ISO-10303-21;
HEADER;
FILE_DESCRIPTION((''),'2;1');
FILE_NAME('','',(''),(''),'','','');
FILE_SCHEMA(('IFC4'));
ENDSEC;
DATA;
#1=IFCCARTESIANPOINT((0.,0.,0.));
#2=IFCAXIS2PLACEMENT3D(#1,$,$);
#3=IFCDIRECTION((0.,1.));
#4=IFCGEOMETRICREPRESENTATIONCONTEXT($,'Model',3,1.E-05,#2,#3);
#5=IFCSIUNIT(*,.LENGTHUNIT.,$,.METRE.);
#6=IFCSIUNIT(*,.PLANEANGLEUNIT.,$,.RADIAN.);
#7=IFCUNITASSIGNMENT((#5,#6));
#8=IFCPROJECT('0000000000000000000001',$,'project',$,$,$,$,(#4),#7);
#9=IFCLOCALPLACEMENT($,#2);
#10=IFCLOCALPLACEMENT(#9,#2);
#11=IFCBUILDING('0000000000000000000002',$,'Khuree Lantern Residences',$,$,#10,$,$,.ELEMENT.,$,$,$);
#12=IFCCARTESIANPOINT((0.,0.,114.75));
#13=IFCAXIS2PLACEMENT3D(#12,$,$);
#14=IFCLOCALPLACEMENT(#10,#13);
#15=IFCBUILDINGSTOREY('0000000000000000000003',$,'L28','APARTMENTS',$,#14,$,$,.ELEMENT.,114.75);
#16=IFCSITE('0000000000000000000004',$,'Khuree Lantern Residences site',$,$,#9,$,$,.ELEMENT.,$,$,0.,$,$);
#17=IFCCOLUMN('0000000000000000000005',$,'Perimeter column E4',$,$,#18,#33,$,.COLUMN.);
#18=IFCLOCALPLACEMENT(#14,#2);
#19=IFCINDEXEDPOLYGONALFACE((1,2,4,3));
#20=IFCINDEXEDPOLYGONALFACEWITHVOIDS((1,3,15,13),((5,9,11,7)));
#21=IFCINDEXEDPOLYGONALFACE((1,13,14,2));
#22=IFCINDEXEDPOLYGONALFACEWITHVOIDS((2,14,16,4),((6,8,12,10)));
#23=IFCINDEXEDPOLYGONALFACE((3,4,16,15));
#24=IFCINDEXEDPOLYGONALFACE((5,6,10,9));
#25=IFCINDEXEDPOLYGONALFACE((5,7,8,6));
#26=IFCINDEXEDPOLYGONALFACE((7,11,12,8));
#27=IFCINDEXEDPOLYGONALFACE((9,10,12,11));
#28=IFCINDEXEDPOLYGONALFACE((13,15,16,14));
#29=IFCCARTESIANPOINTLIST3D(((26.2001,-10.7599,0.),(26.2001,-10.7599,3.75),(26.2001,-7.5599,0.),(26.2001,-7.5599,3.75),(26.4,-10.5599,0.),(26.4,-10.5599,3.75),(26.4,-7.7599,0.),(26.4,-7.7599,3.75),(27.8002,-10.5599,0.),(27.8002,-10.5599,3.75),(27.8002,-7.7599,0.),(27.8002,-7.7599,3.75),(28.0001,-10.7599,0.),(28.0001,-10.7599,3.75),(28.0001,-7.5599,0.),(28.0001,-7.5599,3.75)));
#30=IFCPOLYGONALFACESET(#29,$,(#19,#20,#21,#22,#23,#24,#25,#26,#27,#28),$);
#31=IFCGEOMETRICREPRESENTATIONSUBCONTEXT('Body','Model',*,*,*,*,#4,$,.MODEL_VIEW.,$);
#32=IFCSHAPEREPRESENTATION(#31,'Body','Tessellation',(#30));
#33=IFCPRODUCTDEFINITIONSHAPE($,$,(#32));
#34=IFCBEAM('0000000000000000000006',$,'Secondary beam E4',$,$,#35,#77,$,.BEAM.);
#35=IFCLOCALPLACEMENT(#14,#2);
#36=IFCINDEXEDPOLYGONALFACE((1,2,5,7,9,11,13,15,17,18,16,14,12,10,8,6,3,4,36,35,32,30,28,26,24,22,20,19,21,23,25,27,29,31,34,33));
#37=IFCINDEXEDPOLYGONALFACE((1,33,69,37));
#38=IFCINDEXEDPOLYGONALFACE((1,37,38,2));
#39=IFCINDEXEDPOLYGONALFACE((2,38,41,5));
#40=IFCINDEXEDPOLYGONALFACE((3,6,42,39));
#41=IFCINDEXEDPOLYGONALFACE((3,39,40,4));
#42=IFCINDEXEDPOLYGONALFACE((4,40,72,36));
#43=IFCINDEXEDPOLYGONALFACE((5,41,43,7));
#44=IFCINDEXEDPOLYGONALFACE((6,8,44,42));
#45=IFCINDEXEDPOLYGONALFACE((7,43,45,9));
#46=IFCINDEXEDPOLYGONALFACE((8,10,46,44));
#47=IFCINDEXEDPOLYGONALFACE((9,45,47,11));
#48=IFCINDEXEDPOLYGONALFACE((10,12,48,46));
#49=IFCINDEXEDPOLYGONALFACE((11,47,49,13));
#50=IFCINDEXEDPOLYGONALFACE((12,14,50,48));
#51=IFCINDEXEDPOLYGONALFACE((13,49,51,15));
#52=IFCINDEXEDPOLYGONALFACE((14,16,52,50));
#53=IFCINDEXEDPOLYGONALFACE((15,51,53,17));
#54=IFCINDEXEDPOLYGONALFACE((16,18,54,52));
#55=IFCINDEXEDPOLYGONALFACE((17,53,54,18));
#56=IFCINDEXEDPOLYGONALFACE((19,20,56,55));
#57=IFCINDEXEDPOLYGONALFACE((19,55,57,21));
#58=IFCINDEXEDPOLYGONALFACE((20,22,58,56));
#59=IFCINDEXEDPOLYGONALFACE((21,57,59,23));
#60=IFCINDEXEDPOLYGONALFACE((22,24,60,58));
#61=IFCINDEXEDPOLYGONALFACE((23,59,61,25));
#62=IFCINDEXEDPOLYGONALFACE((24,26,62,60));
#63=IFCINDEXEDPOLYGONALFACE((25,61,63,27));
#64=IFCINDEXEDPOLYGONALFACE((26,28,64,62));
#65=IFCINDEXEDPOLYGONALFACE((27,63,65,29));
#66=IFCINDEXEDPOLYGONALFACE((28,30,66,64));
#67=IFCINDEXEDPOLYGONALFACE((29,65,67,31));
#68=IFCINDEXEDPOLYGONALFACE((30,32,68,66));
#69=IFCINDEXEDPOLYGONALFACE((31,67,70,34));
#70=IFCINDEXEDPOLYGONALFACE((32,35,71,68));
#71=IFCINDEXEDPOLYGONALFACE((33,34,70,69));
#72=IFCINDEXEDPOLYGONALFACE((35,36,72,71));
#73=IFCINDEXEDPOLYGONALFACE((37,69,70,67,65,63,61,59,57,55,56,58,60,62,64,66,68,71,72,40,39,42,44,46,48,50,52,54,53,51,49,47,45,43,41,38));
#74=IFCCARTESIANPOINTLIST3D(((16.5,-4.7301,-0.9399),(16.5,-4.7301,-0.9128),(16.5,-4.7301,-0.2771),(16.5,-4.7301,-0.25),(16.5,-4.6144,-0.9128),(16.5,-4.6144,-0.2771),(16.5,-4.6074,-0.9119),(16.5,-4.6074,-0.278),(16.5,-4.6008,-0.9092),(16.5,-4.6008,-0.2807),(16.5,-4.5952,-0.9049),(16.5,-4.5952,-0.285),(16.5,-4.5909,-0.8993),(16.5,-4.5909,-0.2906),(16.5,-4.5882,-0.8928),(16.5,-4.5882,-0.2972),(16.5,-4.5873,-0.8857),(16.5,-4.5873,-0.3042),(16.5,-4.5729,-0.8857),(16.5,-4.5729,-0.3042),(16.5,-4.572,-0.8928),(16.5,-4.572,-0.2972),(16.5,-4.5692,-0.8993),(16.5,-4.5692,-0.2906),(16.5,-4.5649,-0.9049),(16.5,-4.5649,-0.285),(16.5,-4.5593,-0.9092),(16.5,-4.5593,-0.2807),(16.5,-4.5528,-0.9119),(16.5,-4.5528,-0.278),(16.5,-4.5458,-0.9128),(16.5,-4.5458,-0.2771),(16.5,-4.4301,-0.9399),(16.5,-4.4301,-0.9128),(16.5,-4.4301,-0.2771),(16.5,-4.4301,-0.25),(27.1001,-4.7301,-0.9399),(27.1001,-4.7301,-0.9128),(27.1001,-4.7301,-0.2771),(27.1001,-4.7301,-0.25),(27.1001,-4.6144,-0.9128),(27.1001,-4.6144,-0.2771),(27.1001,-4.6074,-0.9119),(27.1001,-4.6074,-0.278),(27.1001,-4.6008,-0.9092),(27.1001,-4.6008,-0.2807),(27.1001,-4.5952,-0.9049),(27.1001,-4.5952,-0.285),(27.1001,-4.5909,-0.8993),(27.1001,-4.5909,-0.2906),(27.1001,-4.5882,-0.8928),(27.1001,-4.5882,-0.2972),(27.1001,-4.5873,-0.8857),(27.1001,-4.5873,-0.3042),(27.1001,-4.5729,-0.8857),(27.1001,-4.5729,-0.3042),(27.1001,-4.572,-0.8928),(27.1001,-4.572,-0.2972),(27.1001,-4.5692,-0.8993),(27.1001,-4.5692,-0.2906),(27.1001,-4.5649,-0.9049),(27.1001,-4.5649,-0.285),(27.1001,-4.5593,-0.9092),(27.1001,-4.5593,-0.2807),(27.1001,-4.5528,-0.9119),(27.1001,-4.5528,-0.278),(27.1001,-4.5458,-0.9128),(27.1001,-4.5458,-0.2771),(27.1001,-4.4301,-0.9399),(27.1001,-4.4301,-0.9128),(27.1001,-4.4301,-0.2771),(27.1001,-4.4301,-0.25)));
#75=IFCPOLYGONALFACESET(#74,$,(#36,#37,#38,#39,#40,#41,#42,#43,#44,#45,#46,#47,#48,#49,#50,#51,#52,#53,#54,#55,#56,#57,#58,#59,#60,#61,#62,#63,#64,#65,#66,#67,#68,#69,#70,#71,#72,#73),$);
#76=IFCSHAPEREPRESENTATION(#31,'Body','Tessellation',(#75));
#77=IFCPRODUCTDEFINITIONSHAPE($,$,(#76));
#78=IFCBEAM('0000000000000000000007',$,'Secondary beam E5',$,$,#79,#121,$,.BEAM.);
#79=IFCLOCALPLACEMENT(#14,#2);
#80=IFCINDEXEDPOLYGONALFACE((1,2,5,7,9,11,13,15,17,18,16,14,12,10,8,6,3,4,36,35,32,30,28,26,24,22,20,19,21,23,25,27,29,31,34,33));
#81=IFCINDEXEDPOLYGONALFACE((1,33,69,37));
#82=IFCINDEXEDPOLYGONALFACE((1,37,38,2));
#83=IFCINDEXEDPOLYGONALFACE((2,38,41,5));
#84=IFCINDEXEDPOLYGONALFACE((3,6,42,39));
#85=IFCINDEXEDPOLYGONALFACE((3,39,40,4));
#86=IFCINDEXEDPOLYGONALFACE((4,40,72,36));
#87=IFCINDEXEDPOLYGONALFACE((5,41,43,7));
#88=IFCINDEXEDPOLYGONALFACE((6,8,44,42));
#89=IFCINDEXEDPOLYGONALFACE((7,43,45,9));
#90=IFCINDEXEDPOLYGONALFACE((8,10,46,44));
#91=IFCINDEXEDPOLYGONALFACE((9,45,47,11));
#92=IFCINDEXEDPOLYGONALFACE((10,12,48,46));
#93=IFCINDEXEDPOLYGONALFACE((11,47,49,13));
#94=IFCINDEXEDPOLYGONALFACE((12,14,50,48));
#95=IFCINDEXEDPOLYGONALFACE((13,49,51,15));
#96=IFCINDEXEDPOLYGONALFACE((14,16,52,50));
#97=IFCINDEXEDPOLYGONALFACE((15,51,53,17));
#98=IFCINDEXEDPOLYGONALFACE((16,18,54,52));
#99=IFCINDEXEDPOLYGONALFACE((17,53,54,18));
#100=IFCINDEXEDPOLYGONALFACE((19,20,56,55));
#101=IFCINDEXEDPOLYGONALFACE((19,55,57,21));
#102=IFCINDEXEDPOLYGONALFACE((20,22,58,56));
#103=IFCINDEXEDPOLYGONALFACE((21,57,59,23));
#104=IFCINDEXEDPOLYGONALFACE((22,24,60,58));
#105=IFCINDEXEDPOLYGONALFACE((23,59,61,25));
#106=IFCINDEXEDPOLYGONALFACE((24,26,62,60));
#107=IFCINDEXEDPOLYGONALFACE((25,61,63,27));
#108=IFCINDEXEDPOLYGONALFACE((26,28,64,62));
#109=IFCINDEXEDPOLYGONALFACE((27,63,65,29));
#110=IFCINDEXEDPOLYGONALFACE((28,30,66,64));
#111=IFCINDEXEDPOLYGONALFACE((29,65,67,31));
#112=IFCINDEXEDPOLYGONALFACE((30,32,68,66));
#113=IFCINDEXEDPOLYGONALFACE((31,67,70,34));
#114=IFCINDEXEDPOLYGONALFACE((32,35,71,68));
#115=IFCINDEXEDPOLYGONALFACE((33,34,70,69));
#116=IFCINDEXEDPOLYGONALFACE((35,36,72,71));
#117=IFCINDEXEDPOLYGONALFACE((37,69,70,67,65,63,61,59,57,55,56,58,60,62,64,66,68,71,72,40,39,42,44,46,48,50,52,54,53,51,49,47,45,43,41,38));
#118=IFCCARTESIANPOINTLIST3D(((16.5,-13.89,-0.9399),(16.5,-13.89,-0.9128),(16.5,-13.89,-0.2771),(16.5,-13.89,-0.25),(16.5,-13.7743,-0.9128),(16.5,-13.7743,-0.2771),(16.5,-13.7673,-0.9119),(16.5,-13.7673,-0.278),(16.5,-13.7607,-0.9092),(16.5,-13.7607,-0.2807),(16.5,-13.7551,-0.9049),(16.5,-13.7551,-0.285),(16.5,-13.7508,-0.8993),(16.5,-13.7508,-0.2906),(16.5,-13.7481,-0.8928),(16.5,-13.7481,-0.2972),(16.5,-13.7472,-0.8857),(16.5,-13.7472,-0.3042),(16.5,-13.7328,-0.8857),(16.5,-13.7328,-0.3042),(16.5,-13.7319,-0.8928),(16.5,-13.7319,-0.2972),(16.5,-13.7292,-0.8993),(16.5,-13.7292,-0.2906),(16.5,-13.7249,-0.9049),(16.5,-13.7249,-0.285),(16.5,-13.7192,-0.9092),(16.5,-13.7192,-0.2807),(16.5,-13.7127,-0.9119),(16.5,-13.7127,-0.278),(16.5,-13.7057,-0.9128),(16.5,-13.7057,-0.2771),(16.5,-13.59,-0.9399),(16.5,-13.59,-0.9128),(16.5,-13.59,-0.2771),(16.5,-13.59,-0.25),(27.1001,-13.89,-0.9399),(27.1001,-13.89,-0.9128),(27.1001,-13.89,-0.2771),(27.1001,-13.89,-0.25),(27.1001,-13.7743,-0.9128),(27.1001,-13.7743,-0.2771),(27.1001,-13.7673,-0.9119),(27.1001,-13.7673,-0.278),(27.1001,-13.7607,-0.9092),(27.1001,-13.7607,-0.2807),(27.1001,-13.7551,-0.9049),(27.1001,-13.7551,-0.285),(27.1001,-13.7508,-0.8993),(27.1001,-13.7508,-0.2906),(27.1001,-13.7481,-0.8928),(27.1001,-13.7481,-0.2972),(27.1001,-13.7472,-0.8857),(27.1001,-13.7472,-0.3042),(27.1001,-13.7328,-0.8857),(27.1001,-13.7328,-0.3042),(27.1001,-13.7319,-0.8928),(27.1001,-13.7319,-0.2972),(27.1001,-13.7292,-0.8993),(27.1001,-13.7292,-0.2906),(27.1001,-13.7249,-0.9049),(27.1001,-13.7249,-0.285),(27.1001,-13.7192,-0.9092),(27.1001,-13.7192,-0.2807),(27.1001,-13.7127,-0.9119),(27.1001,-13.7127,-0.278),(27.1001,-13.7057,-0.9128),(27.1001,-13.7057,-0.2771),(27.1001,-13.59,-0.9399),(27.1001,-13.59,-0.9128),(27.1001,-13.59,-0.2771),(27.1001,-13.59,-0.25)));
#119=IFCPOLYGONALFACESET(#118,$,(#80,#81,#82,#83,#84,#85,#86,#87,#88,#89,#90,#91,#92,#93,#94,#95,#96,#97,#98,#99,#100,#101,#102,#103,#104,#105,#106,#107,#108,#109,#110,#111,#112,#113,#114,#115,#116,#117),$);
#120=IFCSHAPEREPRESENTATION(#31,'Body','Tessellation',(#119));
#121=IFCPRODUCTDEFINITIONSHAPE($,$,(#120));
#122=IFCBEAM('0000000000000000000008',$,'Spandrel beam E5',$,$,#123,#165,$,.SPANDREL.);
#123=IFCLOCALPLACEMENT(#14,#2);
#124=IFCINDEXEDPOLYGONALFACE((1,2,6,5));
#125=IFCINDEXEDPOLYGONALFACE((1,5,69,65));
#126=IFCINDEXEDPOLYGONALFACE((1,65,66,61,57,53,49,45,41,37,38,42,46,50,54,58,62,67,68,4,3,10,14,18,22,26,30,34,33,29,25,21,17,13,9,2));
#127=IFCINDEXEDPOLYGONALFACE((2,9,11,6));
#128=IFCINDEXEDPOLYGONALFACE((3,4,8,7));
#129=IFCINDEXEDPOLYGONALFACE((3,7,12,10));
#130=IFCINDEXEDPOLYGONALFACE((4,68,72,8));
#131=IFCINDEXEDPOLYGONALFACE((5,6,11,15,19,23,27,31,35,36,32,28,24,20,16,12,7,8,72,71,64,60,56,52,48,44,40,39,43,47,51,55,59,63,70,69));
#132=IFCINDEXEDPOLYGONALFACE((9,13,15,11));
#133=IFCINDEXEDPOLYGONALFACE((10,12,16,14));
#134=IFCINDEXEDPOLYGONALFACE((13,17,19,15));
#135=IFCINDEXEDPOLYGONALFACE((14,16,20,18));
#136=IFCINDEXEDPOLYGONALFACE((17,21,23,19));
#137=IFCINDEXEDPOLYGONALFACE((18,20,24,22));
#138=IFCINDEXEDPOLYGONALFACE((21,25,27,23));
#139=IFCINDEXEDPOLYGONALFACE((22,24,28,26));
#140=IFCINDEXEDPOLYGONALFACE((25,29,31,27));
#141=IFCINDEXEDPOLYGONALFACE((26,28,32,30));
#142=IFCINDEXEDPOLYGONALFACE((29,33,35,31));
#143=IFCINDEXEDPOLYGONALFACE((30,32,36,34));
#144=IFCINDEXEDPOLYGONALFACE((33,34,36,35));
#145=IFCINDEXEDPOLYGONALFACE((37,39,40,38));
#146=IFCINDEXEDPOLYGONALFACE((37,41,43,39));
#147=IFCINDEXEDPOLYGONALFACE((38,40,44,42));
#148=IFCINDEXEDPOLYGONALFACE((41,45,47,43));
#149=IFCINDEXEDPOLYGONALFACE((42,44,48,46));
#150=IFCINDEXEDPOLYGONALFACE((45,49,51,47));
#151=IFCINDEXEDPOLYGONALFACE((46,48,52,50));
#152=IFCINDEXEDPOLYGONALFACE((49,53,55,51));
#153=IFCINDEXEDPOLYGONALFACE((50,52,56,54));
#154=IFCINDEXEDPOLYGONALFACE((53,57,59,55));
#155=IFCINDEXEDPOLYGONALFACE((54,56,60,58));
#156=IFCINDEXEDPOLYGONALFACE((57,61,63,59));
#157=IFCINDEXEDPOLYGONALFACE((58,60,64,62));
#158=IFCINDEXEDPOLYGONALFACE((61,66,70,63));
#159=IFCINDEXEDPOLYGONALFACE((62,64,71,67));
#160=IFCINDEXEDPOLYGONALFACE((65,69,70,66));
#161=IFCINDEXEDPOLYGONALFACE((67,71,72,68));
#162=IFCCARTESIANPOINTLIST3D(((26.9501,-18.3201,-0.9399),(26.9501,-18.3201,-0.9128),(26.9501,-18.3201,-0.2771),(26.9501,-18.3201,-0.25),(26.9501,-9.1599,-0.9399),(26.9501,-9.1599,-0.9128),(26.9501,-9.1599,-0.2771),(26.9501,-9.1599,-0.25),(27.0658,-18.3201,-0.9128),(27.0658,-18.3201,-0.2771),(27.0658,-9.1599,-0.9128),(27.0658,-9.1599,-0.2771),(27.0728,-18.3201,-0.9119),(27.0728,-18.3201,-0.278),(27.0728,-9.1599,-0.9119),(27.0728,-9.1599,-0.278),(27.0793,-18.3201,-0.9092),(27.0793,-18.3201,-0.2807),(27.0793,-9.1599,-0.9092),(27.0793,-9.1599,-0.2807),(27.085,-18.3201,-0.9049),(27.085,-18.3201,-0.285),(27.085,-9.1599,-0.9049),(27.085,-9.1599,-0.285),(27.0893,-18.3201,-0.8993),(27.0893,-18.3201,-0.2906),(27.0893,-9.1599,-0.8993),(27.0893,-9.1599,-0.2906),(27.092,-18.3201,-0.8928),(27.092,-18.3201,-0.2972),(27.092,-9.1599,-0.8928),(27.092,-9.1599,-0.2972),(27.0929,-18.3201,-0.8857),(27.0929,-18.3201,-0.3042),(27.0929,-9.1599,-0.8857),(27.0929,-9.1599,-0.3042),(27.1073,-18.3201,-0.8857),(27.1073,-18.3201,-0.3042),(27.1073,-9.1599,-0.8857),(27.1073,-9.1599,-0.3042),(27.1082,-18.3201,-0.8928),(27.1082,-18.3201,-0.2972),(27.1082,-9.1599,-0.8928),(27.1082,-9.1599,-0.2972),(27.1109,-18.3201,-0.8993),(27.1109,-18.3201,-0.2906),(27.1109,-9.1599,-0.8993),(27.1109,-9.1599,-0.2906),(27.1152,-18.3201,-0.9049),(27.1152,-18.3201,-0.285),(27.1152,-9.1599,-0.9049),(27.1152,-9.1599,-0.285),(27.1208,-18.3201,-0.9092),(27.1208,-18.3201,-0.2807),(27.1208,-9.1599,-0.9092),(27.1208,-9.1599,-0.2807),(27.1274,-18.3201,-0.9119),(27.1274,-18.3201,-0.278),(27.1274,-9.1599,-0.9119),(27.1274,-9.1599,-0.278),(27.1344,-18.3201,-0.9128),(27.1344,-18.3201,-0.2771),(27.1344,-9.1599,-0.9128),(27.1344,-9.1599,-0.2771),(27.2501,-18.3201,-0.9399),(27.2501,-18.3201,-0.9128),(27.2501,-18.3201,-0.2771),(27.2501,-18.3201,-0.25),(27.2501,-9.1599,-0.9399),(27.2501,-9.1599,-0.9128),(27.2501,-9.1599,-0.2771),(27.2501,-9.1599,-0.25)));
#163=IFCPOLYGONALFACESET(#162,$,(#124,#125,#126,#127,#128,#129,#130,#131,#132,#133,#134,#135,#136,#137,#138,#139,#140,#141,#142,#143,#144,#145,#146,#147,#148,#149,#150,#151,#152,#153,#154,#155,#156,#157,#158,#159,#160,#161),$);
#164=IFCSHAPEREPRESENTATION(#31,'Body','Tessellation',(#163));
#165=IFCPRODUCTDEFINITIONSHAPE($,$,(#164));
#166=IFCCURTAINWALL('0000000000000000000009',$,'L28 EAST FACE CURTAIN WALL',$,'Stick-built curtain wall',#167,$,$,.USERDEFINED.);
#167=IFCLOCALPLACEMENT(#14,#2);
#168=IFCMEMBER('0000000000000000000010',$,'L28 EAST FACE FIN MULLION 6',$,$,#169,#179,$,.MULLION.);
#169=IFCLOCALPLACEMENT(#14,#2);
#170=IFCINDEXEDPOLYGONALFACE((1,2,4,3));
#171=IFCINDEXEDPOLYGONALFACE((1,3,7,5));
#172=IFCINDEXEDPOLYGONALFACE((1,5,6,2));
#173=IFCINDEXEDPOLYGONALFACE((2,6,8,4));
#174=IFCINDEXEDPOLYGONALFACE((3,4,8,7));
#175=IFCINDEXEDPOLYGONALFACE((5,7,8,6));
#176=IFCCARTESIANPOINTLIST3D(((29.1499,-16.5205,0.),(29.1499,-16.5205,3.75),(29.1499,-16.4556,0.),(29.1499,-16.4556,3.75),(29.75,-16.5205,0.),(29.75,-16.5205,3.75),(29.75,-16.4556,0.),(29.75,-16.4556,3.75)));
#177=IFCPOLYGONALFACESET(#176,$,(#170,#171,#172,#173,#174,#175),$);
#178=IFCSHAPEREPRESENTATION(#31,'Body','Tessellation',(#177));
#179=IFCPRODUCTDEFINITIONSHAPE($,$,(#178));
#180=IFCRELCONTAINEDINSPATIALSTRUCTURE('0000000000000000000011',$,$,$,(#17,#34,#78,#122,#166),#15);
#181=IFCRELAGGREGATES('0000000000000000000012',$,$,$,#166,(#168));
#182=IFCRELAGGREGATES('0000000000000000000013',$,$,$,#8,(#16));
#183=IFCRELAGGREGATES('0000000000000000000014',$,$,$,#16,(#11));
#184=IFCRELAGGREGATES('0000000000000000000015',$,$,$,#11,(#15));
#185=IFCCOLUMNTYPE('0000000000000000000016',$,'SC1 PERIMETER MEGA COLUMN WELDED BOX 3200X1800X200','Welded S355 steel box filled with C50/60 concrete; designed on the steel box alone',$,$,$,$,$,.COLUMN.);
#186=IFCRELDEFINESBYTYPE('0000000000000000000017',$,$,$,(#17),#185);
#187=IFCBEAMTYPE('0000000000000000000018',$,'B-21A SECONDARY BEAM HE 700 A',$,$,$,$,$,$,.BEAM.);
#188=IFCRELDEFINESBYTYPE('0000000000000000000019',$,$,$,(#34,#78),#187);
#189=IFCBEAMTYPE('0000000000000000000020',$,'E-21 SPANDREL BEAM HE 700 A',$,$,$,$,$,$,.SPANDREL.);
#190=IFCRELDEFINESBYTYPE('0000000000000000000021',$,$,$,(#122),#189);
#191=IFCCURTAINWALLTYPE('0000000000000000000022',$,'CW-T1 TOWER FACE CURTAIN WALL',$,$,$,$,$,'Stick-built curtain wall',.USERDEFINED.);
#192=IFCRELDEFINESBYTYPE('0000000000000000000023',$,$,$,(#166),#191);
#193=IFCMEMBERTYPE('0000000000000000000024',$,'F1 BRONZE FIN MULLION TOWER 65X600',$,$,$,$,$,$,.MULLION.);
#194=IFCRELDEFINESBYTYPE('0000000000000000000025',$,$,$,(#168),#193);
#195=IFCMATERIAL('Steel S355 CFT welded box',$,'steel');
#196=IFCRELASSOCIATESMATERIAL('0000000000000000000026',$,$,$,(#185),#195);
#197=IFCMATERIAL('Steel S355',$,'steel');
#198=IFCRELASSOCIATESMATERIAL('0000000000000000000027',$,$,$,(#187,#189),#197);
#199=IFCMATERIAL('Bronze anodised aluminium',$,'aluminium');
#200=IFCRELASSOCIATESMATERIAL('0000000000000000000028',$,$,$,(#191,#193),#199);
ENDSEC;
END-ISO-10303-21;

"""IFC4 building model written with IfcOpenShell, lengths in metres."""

from ifc_helpers import new_model, si_unit, direction, frame, origin, origin_2d, place, context, subcontext, project, spatial, rectangle, hollow_rectangle, i_section, extrude, material, material_profile, profile_set, type_object, element, aggregate, save


model = new_model("IFC4")

# Units and contexts
model_context = context("Model", 3, precision=1e-05, world=origin(), true_north=direction((0.0, 1.0)))
body_context = subcontext(model_context, "Body", "Model", "MODEL_VIEW")
ifc_project = project(units=[si_unit("LENGTHUNIT", "METRE"), si_unit("PLANEANGLEUNIT", "RADIAN")], contexts=[model_context])

# Site, building, storey
site_placement = place(None, origin())
site = spatial("IfcSite", under=ifc_project, at=site_placement, Name="Khuree Lantern Residences site", CompositionType="ELEMENT", RefElevation=0.0)
building_placement = place(site_placement, origin())
building = spatial("IfcBuilding", under=site, at=building_placement, Name="Khuree Lantern Residences", CompositionType="ELEMENT")
storey_placement = place(building_placement, frame((0.0, 0.0, 114.75)))
storey = spatial("IfcBuildingStorey", under=building, at=storey_placement, Name="L28", Description="APARTMENTS", CompositionType="ELEMENT", Elevation=114.75)

# Column
ifc_material_1 = material(Name="Steel S355 CFT welded box", Category="steel")
ifc_material_profile_1 = material_profile(ifc_material_1, hollow_rectangle(XDim=3.2, YDim=1.8, WallThickness=0.2, at=origin_2d()), Name="WELDED BOX 3200X1800X200")
ifc_profile_set_1 = profile_set([ifc_material_profile_1], Name="Steel S355 CFT welded box")
column_type = type_object("IfcColumnType", Name="SC1 PERIMETER MEGA COLUMN WELDED BOX 3200X1800X200", Description="Welded S355 steel box filled with C50/60 concrete; designed on the steel box alone", PredefinedType="COLUMN", material=ifc_profile_set_1)
column_placement = place(storey_placement, frame((27.1001, -9.1599, 0.0), z_axis=(0.0, 0.0, 1.0), x_axis=(0.0, 1.0, 0.0)))
element("IfcColumn", 1, at=column_placement, inside=storey, type_object=column_type, Name="Perimeter column E4", PredefinedType="COLUMN", context=body_context, shape_type="SweptSolid", body=[
    extrude(hollow_rectangle(XDim=3.2, YDim=1.8, WallThickness=0.2, at=origin_2d()), origin(), (0.0, 0.0, 1.0), 3.75),
])

# Beams
ifc_material_2 = material(Name="Steel S355", Category="steel")
ifc_material_profile_2 = material_profile(ifc_material_2, i_section(OverallWidth=0.3, OverallDepth=0.6899, WebThickness=0.0144, FlangeThickness=0.0271, FilletRadius=0.0271, at=origin_2d()), Name="HE 700 A")
ifc_profile_set_2 = profile_set([ifc_material_profile_2], Name="Steel S355")
beam_type_1 = type_object("IfcBeamType", Name="B-21A SECONDARY BEAM HE 700 A", PredefinedType="BEAM", material=ifc_profile_set_2)
for number, where, z_axis, x_axis, name in (
    (2, (27.1001, -4.5801, -0.595), (-1.0, 0.0, 0.0), (0.0, -1.0, 0.0), "Secondary beam E4"),
    (3, (27.1001, -13.74, -0.595), (-1.0, 0.0, 0.0), (0.0, -1.0, 0.0), "Secondary beam E5"),
):
    element("IfcBeam", number, at=place(storey_placement, frame(where, z_axis=z_axis, x_axis=x_axis)), inside=storey, type_object=beam_type_1, Name=name, PredefinedType="BEAM", context=body_context, shape_type="SweptSolid", body=[
        extrude(i_section(OverallWidth=0.3, OverallDepth=0.6899, WebThickness=0.0144, FlangeThickness=0.0271, FilletRadius=0.0271, at=origin_2d()), origin(), (0.0, 0.0, 1.0), 10.6001),
    ])
ifc_material_profile_3 = material_profile(ifc_material_2, i_section(OverallWidth=0.3, OverallDepth=0.6899, WebThickness=0.0144, FlangeThickness=0.0271, FilletRadius=0.0271, at=origin_2d()), Name="HE 700 A")
ifc_profile_set_3 = profile_set([ifc_material_profile_3], Name="Steel S355")
beam_type_2 = type_object("IfcBeamType", Name="E-21 SPANDREL BEAM HE 700 A", PredefinedType="SPANDREL", material=ifc_profile_set_3)
beam_1_placement = place(storey_placement, frame((27.1001, -9.1599, -0.595), z_axis=(0.0, -1.0, 0.0), x_axis=(1.0, 0.0, 0.0)))
element("IfcBeam", 4, at=beam_1_placement, inside=storey, type_object=beam_type_2, Name="Spandrel beam E5", PredefinedType="SPANDREL", context=body_context, shape_type="SweptSolid", body=[
    extrude(i_section(OverallWidth=0.3, OverallDepth=0.6899, WebThickness=0.0144, FlangeThickness=0.0271, FilletRadius=0.0271, at=origin_2d()), origin(), (0.0, 0.0, 1.0), 9.1602),
])

# Curtain wall, member
ifc_material_3 = material(Name="Bronze anodised aluminium", Category="aluminium")
curtain_wall_type = type_object("IfcCurtainWallType", Name="CW-T1 TOWER FACE CURTAIN WALL", ElementType="Stick-built curtain wall", PredefinedType="USERDEFINED", material=ifc_material_3)
curtain_wall_placement = place(storey_placement, origin())
curtain_wall = element("IfcCurtainWall", 5, at=curtain_wall_placement, inside=storey, type_object=curtain_wall_type, Name="L28 EAST FACE CURTAIN WALL", ObjectType="Stick-built curtain wall", PredefinedType="USERDEFINED")
ifc_material_profile_4 = material_profile(ifc_material_3, rectangle(XDim=0.0649, YDim=0.6001, at=origin_2d()), Name="F1 65X600")
ifc_profile_set_4 = profile_set([ifc_material_profile_4], Name="Bronze anodised aluminium")
member_type_1 = type_object("IfcMemberType", Name="F1 BRONZE FIN MULLION TOWER 65X600", PredefinedType="MULLION", material=ifc_profile_set_4)
member_1_placement = place(storey_placement, frame((29.45, -16.488, 0.0), z_axis=(0.0, 0.0, 1.0), x_axis=(0.0, 1.0, 0.0)))
member_1 = element("IfcMember", 6, at=member_1_placement, type_object=member_type_1, Name="L28 EAST FACE FIN MULLION 6", PredefinedType="MULLION", context=body_context, shape_type="SweptSolid", body=[
    extrude(rectangle(XDim=0.0649, YDim=0.6001, at=origin_2d()), origin(), (0.0, 0.0, 1.0), 3.75),
])

aggregate(curtain_wall, [member_1])

save(model, "model.ifc")
